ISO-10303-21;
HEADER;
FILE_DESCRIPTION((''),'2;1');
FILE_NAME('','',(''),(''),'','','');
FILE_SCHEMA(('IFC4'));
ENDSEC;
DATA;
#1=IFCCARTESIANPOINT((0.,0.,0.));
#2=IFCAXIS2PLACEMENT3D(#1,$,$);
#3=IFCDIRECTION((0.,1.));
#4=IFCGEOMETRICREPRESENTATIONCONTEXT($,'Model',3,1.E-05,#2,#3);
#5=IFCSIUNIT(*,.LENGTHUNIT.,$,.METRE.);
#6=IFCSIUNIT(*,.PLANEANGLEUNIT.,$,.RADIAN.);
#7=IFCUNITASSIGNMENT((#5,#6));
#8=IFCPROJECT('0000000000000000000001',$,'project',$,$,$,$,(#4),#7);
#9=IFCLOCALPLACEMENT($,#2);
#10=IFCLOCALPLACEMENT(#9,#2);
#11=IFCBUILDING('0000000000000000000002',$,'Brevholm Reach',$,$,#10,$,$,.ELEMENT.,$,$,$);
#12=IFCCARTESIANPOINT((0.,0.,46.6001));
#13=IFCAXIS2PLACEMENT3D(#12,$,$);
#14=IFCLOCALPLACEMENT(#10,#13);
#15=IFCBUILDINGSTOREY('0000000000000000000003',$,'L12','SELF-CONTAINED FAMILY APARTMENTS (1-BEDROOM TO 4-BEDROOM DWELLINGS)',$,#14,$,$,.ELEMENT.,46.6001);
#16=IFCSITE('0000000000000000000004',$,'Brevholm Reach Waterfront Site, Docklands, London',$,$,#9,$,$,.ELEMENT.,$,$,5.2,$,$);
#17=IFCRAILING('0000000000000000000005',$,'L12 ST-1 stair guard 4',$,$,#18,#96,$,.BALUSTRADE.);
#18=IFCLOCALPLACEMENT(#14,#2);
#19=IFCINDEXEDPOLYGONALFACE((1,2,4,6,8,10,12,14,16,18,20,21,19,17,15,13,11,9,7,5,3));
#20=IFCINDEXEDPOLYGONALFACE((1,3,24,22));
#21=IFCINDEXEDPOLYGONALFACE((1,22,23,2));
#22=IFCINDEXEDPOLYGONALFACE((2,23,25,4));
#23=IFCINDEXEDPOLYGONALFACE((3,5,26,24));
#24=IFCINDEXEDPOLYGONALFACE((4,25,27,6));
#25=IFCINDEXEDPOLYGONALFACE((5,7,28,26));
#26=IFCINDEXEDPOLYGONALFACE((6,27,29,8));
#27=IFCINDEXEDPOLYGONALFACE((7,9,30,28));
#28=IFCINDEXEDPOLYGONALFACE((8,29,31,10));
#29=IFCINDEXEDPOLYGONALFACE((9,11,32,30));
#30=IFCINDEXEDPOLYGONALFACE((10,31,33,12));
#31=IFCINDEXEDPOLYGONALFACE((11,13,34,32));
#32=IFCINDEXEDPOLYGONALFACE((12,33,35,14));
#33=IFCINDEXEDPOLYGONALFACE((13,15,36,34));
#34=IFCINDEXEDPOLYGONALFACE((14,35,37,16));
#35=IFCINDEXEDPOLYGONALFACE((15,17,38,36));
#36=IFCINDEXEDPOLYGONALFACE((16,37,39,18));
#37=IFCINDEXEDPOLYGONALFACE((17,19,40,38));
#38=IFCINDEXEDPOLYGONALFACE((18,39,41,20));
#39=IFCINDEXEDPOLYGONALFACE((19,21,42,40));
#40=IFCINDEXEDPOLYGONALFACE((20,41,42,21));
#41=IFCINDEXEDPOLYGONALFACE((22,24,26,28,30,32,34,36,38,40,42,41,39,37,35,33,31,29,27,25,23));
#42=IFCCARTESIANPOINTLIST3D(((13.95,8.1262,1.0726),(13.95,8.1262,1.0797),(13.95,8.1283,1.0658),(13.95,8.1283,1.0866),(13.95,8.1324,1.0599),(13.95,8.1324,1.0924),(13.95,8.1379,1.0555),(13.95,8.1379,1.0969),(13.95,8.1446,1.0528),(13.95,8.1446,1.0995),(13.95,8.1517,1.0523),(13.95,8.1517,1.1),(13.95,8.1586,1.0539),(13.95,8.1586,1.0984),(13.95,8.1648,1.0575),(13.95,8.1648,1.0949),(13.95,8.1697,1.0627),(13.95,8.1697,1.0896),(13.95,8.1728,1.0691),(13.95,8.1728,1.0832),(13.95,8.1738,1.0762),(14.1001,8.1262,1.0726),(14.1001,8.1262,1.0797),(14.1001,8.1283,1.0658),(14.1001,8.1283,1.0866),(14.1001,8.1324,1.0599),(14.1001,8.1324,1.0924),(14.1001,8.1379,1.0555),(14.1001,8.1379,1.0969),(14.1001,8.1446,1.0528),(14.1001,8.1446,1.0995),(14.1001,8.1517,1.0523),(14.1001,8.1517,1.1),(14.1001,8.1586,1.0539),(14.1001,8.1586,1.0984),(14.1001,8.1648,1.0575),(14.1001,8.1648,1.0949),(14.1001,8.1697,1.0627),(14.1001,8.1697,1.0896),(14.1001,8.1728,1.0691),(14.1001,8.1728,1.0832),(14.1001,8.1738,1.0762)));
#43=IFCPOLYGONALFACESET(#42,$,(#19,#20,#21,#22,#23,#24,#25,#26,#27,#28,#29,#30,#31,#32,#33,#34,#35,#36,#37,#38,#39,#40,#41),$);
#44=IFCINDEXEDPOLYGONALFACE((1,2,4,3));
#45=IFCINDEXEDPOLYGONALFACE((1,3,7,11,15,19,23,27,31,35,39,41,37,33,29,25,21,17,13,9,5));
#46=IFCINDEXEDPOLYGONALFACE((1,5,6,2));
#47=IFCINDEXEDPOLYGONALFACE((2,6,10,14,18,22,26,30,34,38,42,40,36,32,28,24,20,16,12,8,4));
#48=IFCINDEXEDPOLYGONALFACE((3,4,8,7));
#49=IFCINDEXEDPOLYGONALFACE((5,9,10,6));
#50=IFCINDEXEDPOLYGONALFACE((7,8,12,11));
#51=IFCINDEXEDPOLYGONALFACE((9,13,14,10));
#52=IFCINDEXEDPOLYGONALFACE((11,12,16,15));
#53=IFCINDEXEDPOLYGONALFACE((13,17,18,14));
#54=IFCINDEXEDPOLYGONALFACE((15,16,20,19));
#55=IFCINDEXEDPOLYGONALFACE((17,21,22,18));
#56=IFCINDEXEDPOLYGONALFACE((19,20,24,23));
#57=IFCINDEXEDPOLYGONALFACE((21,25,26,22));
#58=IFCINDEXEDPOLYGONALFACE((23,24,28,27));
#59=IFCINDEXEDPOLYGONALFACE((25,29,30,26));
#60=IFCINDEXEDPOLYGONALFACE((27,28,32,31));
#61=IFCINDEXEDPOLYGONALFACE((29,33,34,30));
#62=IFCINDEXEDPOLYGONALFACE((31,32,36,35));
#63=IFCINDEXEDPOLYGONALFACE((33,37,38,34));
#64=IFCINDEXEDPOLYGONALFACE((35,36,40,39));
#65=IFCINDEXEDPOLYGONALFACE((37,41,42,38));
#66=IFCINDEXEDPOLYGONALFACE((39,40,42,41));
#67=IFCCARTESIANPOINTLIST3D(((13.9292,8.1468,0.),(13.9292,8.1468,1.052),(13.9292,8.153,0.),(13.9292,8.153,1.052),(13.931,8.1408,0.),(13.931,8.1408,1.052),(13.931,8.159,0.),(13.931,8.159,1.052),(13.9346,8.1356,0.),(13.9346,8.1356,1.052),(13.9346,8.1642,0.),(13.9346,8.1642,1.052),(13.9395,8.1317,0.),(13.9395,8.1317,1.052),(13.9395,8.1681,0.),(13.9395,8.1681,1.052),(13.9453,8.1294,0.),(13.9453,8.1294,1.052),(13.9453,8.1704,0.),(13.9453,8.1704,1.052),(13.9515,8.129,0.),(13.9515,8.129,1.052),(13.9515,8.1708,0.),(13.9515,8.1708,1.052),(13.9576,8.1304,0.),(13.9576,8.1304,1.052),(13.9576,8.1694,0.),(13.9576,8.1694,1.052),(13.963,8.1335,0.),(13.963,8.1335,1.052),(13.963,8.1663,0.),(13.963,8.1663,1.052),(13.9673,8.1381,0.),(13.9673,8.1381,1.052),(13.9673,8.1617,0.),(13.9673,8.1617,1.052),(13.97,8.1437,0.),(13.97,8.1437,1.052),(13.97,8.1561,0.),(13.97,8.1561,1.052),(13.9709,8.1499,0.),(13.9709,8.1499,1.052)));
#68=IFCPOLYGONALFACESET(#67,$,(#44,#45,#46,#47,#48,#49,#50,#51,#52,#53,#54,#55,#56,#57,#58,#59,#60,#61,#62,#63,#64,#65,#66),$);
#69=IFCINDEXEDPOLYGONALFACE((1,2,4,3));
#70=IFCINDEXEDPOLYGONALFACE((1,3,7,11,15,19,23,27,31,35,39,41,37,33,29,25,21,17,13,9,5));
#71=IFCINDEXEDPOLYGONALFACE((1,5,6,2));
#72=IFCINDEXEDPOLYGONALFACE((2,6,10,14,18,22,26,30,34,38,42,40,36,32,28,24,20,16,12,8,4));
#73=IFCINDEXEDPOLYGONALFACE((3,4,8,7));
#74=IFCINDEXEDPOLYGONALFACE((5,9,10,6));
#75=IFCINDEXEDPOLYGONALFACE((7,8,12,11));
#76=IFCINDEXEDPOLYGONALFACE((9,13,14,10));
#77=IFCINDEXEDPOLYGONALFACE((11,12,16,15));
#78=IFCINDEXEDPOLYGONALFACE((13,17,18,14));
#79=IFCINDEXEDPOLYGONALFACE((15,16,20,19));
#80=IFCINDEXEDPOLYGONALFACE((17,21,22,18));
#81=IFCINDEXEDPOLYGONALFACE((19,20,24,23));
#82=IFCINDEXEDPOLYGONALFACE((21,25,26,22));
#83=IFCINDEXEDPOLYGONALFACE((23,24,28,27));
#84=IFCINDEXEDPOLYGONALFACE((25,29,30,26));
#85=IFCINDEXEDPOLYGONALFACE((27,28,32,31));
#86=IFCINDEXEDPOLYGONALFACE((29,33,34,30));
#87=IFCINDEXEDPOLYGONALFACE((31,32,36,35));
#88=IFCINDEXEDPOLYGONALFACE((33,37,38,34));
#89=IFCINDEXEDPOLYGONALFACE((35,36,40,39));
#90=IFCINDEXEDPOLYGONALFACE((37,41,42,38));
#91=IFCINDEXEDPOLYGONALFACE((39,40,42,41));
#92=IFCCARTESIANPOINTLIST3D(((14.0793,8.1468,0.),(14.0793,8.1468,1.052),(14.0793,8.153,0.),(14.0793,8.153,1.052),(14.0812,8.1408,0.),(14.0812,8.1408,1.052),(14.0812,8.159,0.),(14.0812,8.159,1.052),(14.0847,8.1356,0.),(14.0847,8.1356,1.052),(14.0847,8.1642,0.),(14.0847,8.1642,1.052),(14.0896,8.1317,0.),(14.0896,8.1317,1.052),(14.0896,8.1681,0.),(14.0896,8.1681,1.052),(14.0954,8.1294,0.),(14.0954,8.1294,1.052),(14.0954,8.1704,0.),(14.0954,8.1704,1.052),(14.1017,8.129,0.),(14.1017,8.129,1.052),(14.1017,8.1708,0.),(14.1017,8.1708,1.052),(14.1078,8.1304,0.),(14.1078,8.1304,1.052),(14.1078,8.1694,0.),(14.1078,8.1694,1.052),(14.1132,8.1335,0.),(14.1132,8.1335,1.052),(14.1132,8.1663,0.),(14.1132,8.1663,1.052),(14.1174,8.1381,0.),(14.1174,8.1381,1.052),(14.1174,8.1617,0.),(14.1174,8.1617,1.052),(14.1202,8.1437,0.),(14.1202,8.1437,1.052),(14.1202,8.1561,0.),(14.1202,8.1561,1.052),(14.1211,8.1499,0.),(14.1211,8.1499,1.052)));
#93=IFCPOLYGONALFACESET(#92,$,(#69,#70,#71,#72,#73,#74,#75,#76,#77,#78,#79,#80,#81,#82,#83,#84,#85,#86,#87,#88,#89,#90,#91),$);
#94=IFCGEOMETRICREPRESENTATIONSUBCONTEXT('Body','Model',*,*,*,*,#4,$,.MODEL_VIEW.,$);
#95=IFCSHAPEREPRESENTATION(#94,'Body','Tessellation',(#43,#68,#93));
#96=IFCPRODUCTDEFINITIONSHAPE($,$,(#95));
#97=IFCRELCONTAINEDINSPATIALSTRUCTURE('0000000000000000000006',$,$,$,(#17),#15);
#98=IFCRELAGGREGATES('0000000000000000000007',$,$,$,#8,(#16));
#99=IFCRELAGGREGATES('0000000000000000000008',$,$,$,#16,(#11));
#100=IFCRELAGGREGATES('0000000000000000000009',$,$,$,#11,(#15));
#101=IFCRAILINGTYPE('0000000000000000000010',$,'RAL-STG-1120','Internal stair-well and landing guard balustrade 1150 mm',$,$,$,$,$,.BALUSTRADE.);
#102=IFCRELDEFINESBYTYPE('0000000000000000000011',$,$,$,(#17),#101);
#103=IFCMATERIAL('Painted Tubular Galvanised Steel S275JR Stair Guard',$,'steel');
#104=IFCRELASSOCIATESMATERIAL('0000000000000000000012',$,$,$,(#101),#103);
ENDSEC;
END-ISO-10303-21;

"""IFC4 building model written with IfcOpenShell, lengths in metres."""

from ifc_helpers import new_model, si_unit, direction, frame, origin, origin_2d, place, context, subcontext, project, spatial, circle, extrude, material, type_object, element, save


model = new_model("IFC4")

# Units and contexts
model_context = context("Model", 3, precision=1e-05, world=origin(), true_north=direction((0.0, 1.0)))
body_context = subcontext(model_context, "Body", "Model", "MODEL_VIEW")
ifc_project = project(units=[si_unit("LENGTHUNIT", "METRE"), si_unit("PLANEANGLEUNIT", "RADIAN")], contexts=[model_context])

# Site, building, storey
site_placement = place(None, origin())
site = spatial("IfcSite", under=ifc_project, at=site_placement, Name="Brevholm Reach Waterfront Site, Docklands, London", CompositionType="ELEMENT", RefElevation=5.2)
building_placement = place(site_placement, origin())
building = spatial("IfcBuilding", under=site, at=building_placement, Name="Brevholm Reach", CompositionType="ELEMENT")
storey_placement = place(building_placement, frame((0.0, 0.0, 46.6001)))
storey = spatial("IfcBuildingStorey", under=building, at=storey_placement, Name="L12", Description="SELF-CONTAINED FAMILY APARTMENTS (1-BEDROOM TO 4-BEDROOM DWELLINGS)", CompositionType="ELEMENT", Elevation=46.6001)

# Railing
ifc_material_1 = material(Name="Painted Tubular Galvanised Steel S275JR Stair Guard", Category="steel")
railing_type_1 = type_object("IfcRailingType", Name="RAL-STG-1120", Description="Internal stair-well and landing guard balustrade 1150 mm", PredefinedType="BALUSTRADE", material=ifc_material_1)
railing_1_placement = place(storey_placement, frame((13.95, 8.1499, 0.0)))
element("IfcRailing", 1, at=railing_1_placement, inside=storey, type_object=railing_type_1, Name="L12 ST-1 stair guard 4", PredefinedType="BALUSTRADE", context=body_context, shape_type="SweptSolid", body=[
    extrude(circle(Radius=0.0239, at=origin_2d()), frame((0.0, 0.0, 1.0762), z_axis=(1.0, 0.0, 0.0), x_axis=(0.0, 1.0, 0.0)), (0.0, 0.0, 1.0), 0.1501),
    extrude(circle(Radius=0.021, at=origin_2d()), origin(), (0.0, 0.0, 1.0), 1.052),
    extrude(circle(Radius=0.021, at=origin_2d()), frame((0.1501, 0.0, 0.0)), (0.0, 0.0, 1.0), 1.052),
])

save(model, "model.ifc")
